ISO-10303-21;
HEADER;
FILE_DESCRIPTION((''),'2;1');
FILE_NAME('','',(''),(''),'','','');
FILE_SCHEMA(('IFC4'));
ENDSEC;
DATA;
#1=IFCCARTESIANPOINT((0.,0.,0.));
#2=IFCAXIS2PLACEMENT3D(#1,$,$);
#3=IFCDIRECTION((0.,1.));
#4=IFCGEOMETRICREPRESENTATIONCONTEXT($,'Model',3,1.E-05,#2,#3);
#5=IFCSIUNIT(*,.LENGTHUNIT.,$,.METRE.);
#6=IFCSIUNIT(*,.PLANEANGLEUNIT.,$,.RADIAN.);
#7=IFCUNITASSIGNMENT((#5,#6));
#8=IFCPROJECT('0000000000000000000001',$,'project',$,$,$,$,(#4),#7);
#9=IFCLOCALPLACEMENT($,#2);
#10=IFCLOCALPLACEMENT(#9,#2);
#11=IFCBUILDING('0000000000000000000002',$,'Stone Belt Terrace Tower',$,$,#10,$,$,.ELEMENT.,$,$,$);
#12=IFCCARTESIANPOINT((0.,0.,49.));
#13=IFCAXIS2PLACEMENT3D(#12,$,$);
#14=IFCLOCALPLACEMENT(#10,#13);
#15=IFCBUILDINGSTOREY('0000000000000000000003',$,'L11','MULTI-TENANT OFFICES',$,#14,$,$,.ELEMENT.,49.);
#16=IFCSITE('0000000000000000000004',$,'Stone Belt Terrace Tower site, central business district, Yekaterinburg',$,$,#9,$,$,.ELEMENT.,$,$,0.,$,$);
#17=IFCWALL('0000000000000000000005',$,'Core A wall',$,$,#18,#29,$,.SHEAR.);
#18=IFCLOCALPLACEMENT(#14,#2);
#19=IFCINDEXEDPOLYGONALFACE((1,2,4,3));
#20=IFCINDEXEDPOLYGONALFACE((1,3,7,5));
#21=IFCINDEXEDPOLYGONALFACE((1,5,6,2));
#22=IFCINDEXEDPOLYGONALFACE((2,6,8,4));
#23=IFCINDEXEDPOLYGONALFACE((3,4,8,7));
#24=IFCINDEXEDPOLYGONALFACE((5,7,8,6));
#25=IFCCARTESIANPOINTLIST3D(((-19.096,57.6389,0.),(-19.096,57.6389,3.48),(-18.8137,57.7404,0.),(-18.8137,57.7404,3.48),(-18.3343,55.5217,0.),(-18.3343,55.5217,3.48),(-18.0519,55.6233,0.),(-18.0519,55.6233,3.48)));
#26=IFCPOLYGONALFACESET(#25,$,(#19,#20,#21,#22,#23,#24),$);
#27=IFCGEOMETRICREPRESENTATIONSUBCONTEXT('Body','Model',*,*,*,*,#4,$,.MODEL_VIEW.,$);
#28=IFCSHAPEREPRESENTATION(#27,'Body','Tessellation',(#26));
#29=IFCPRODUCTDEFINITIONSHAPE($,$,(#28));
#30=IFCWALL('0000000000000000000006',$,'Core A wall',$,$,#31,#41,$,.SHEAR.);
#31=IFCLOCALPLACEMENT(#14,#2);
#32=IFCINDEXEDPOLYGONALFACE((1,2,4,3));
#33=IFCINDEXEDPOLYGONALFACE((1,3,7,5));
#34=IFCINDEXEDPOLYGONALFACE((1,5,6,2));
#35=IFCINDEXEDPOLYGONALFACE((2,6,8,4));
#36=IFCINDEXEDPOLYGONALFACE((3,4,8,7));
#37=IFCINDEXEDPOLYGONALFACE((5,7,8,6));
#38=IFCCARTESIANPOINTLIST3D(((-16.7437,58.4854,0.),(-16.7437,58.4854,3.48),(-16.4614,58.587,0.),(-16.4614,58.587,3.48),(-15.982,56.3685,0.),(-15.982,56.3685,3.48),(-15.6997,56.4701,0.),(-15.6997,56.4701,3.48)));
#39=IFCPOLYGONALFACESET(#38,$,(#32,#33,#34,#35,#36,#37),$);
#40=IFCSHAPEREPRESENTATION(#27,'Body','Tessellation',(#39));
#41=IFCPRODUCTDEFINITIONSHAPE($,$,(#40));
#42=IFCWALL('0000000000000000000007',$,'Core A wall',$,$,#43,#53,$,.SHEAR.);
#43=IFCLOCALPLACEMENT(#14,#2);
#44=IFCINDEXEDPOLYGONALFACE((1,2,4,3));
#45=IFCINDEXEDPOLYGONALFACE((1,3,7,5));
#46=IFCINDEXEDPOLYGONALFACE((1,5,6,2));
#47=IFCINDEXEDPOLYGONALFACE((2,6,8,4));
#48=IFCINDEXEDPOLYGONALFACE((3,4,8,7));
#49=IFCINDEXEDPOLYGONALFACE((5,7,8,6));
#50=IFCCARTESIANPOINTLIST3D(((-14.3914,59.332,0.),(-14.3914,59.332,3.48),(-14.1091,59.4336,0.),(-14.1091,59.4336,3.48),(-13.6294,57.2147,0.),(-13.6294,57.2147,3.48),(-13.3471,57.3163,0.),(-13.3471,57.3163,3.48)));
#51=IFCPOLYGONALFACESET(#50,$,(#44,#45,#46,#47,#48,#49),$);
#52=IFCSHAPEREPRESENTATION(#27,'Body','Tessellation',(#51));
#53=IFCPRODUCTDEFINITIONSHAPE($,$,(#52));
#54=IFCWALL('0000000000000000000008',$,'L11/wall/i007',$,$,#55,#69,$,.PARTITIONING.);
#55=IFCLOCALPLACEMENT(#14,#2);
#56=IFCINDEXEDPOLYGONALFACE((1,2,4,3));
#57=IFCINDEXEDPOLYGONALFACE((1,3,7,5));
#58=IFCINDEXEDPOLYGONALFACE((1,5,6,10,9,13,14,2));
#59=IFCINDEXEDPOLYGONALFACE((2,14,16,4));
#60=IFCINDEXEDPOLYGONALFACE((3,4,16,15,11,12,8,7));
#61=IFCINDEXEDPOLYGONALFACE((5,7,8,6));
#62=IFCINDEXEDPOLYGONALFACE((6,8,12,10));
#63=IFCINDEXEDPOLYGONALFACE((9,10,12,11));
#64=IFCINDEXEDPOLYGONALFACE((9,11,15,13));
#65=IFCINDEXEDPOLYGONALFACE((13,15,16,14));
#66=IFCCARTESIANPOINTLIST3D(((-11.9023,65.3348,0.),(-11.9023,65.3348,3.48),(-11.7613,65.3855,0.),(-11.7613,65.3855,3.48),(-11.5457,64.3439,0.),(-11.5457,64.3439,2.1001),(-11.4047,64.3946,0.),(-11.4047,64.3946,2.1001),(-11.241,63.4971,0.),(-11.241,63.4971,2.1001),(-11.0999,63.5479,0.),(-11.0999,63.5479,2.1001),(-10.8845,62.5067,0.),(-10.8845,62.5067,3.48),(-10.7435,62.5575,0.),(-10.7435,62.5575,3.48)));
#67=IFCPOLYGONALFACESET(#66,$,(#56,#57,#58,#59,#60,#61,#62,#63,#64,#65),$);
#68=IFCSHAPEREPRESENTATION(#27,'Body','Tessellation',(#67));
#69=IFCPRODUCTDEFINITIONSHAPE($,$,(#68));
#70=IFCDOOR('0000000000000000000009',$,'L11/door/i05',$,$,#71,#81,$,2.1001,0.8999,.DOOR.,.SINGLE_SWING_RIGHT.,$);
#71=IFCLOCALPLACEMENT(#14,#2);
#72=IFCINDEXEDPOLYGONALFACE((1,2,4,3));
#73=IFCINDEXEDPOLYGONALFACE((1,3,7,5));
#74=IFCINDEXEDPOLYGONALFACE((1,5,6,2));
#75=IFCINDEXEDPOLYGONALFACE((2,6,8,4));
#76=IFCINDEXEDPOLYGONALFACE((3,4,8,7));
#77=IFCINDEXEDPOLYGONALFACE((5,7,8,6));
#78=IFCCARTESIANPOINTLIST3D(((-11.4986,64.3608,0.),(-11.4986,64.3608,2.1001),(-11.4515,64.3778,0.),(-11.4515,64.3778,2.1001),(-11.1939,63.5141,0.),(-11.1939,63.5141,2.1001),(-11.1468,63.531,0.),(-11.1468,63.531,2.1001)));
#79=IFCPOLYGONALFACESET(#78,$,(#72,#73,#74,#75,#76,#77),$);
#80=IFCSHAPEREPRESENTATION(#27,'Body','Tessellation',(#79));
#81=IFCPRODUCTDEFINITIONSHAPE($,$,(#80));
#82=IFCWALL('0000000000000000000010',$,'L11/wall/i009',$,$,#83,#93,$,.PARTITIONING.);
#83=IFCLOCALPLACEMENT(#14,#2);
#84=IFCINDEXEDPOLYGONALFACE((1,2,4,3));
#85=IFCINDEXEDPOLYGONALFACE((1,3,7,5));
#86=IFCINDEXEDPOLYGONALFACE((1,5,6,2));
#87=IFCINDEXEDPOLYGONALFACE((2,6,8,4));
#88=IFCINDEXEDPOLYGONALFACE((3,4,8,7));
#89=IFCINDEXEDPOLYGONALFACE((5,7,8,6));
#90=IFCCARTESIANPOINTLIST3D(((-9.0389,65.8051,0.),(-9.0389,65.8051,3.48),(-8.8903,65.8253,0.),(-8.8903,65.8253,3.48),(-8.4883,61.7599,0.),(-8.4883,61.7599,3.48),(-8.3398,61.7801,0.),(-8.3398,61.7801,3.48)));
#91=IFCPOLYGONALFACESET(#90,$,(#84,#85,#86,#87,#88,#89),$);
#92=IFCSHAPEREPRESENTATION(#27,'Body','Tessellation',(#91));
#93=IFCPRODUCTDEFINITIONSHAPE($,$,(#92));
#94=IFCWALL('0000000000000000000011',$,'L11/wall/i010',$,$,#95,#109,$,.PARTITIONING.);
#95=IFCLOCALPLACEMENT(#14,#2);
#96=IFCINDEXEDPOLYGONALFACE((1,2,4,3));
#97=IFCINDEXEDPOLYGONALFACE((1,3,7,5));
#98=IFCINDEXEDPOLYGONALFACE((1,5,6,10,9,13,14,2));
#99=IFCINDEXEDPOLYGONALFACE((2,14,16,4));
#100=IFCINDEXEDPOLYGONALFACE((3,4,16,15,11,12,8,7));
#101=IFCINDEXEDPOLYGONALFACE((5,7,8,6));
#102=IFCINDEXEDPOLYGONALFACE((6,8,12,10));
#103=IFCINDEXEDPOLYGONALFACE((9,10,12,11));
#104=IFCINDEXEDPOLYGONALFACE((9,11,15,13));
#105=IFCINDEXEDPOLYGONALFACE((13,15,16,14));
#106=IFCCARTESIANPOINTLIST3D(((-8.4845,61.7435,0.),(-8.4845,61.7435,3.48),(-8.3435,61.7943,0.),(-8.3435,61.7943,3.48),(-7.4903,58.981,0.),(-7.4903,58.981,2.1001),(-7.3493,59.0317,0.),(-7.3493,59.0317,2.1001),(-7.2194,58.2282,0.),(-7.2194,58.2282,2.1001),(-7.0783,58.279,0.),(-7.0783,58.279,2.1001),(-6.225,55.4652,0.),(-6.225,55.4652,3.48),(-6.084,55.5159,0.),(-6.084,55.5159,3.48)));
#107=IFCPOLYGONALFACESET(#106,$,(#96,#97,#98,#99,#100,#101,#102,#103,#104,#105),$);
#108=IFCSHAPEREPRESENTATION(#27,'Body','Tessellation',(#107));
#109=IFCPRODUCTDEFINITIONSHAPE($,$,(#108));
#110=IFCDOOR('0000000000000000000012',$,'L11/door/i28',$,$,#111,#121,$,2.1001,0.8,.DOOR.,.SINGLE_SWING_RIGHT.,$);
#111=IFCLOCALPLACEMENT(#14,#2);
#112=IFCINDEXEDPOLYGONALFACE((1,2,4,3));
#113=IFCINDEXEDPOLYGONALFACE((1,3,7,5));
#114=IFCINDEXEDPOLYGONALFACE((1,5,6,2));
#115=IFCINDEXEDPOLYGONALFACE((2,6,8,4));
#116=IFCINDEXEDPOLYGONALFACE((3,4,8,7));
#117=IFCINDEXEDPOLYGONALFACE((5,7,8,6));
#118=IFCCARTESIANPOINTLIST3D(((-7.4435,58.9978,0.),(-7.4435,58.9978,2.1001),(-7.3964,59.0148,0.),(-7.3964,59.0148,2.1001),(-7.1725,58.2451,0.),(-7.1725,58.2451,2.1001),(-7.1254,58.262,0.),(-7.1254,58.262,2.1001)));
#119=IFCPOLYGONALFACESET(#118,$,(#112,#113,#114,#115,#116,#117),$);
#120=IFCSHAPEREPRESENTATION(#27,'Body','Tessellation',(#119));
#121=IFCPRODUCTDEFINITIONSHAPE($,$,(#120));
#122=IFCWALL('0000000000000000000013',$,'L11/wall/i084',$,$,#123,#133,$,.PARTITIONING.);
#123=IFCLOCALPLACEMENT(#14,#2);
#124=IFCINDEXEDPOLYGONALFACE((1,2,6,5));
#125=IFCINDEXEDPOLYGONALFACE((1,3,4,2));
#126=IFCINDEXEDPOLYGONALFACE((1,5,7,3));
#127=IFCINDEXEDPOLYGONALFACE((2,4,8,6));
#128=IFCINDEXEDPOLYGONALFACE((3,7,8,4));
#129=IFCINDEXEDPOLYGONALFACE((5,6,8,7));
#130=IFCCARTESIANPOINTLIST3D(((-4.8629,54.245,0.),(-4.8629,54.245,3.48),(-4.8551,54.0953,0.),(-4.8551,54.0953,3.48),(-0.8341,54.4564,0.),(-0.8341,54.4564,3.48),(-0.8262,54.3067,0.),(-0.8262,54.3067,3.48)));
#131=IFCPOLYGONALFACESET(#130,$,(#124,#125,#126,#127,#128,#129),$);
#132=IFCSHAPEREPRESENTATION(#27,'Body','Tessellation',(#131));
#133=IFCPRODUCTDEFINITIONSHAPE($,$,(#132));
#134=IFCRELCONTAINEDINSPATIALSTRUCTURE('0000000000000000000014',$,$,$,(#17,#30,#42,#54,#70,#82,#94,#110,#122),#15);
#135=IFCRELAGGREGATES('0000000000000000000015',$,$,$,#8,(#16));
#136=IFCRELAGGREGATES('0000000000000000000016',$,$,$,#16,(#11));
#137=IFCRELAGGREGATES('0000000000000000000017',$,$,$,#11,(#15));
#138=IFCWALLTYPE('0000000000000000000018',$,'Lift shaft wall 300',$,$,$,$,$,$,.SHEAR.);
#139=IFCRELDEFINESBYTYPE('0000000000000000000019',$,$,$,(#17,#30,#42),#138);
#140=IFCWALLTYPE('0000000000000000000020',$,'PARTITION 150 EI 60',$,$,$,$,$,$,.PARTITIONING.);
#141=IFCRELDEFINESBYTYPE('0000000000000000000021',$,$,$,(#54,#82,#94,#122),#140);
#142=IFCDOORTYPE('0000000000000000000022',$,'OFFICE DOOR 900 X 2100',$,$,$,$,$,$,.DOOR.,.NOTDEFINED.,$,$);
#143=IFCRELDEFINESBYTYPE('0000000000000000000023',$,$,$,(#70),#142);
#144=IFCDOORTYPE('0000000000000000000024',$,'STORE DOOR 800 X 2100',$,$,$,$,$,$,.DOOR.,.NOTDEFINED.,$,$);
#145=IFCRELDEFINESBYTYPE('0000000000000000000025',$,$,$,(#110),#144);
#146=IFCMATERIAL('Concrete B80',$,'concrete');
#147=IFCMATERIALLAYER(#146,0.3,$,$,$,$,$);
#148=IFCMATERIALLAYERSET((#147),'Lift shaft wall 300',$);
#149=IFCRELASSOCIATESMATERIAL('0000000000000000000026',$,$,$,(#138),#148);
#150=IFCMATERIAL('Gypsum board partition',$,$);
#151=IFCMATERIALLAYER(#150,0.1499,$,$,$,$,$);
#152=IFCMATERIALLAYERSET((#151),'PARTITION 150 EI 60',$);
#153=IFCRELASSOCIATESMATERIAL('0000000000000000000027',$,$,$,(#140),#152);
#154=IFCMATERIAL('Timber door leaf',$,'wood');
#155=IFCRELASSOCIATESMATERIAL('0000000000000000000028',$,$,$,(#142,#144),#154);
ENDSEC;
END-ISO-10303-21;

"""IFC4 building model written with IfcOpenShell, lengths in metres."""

from ifc_helpers import new_model, si_unit, direction, frame, frame_2d, origin, place, context, subcontext, project, spatial, rectangle, extrude, material, layer, layer_set, type_object, element, fill, save


model = new_model("IFC4")

# Units and contexts
model_context = context("Model", 3, precision=1e-05, world=origin(), true_north=direction((0.0, 1.0)))
body_context = subcontext(model_context, "Body", "Model", "MODEL_VIEW")
ifc_project = project(units=[si_unit("LENGTHUNIT", "METRE"), si_unit("PLANEANGLEUNIT", "RADIAN")], contexts=[model_context])

# Site, building, storey
site_placement = place(None, origin())
site = spatial("IfcSite", under=ifc_project, at=site_placement, Name="Stone Belt Terrace Tower site, central business district, Yekaterinburg", CompositionType="ELEMENT", RefElevation=0.0)
building_placement = place(site_placement, origin())
building = spatial("IfcBuilding", under=site, at=building_placement, Name="Stone Belt Terrace Tower", CompositionType="ELEMENT")
storey_placement = place(building_placement, frame((0.0, 0.0, 49.0)))
storey = spatial("IfcBuildingStorey", under=building, at=storey_placement, Name="L11", Description="MULTI-TENANT OFFICES", CompositionType="ELEMENT", Elevation=49.0)

# Shared definitions
ifc_material_1 = material(Name="Concrete B80", Category="concrete")

# Walls
ifc_layer_1 = layer(ifc_material_1, 0.3)
ifc_layer_set_1 = layer_set([ifc_layer_1], Name="Lift shaft wall 300")
wall_type_1 = type_object("IfcWallType", Name="Lift shaft wall 300", PredefinedType="SHEAR", material=ifc_layer_set_1)
wall_1_placement = place(storey_placement, frame((-18.1931, 55.5725, 0.0), z_axis=(0.0, 0.0, 1.0), x_axis=(-0.338535, 0.940954, 0.0)))
element("IfcWall", 1, at=wall_1_placement, inside=storey, type_object=wall_type_1, Name="Core A wall", PredefinedType="SHEAR", context=body_context, shape_type="SweptSolid", body=[
    extrude(rectangle(XDim=2.25, YDim=0.3, at=frame_2d((1.125, 0.0))), origin(), (0.0, 0.0, 1.0), 3.48),
])
wall_2_placement = place(storey_placement, frame((-15.8408, 56.4192, 0.0), z_axis=(0.0, 0.0, 1.0), x_axis=(-0.33857, 0.940941, 0.0)))
element("IfcWall", 2, at=wall_2_placement, inside=storey, type_object=wall_type_1, Name="Core A wall", PredefinedType="SHEAR", context=body_context, shape_type="SweptSolid", body=[
    extrude(rectangle(XDim=2.2498, YDim=0.3, at=frame_2d((1.125, 0.0))), origin(), (0.0, 0.0, 1.0), 3.48),
])
wall_3_placement = place(storey_placement, frame((-13.4883, 57.2656, 0.0), z_axis=(0.0, 0.0, 1.0), x_axis=(-0.338631, 0.940919, 0.0)))
element("IfcWall", 3, at=wall_3_placement, inside=storey, type_object=wall_type_1, Name="Core A wall", PredefinedType="SHEAR", context=body_context, shape_type="SweptSolid", body=[
    extrude(rectangle(XDim=2.2502, YDim=0.3, at=frame_2d((1.125, 0.0))), origin(), (0.0, 0.0, 1.0), 3.48),
])

# Wall, opening, door
ifc_material_2 = material(Name="Gypsum board partition")
ifc_layer_2 = layer(ifc_material_2, 0.1499)
ifc_layer_set_2 = layer_set([ifc_layer_2], Name="PARTITION 150 EI 60")
wall_type_2 = type_object("IfcWallType", Name="PARTITION 150 EI 60", PredefinedType="PARTITIONING", material=ifc_layer_set_2)
wall_4_placement = place(storey_placement, frame((-10.814, 62.532, 0.0), z_axis=(0.0, 0.0, 1.0), x_axis=(-0.33863, 0.94092, 0.0)))
wall_4 = element("IfcWall", 4, at=wall_4_placement, inside=storey, type_object=wall_type_2, Name="L11/wall/i007", PredefinedType="PARTITIONING", context=body_context, shape_type="SweptSolid", body=[
    extrude(rectangle(XDim=3.0056, YDim=0.1499, at=frame_2d((1.5029, 0.0))), origin(), (0.0, 0.0, 1.0), 3.48),
])
opening_1_placement = place(wall_4_placement, frame((1.0527, 0.0, 0.0)))
opening_1 = element("IfcOpeningElement", 5, at=opening_1_placement, cuts=wall_4, PredefinedType="OPENING", context=body_context, shape_type="SweptSolid", body=[
    extrude(rectangle(XDim=0.8999, YDim=2.1001, at=frame_2d((0.45, 1.05))), frame((0.0, 0.085, 0.0), z_axis=(0.0, -1.0, 0.0), x_axis=(1.0, 0.0, 0.0)), (0.0, 0.0, 1.0), 0.1699),
])
ifc_material_3 = material(Name="Timber door leaf", Category="wood")
door_type_1 = type_object("IfcDoorType", Name="OFFICE DOOR 900 X 2100", OperationType="NOTDEFINED", PredefinedType="DOOR", material=ifc_material_3)
door_1_placement = place(opening_1_placement, origin())
door_1 = element("IfcDoor", 6, at=door_1_placement, inside=storey, type_object=door_type_1, Name="L11/door/i05", OperationType="SINGLE_SWING_RIGHT", OverallHeight=2.1001, OverallWidth=0.8999, PredefinedType="DOOR", context=body_context, shape_type="SweptSolid", body=[
    extrude(rectangle(XDim=0.8999, YDim=2.1001, at=frame_2d((0.45, 1.05))), frame((0.0, 0.0249, 0.0), z_axis=(0.0, -1.0, 0.0), x_axis=(1.0, 0.0, 0.0)), (0.0, 0.0, 1.0), 0.05),
])
fill(opening_1, door_1)

# Wall
wall_5_placement = place(storey_placement, frame((-8.9646, 65.8152, 0.0), z_axis=(0.0, 0.0, 1.0), x_axis=(0.134854, -0.990865, 0.0)))
element("IfcWall", 7, at=wall_5_placement, inside=storey, type_object=wall_type_2, Name="L11/wall/i009", PredefinedType="PARTITIONING", context=body_context, shape_type="SweptSolid", body=[
    extrude(rectangle(XDim=4.0825, YDim=0.1499, at=frame_2d((2.0413, 0.0))), origin(), (0.0, 0.0, 1.0), 3.48),
])

# Wall, opening, door
wall_6_placement = place(storey_placement, frame((-8.4141, 61.769, 0.0), z_axis=(0.0, 0.0, 1.0), x_axis=(0.33863, -0.94092, 0.0)))
wall_6 = element("IfcWall", 8, at=wall_6_placement, inside=storey, type_object=wall_type_2, Name="L11/wall/i010", PredefinedType="PARTITIONING", context=body_context, shape_type="SweptSolid", body=[
    extrude(rectangle(XDim=6.6726, YDim=0.1499, at=frame_2d((3.3364, 0.0))), origin(), (0.0, 0.0, 1.0), 3.48),
])
opening_2_placement = place(wall_6_placement, frame((2.9363, 0.0, 0.0)))
opening_2 = element("IfcOpeningElement", 9, at=opening_2_placement, cuts=wall_6, PredefinedType="OPENING", context=body_context, shape_type="SweptSolid", body=[
    extrude(rectangle(XDim=0.8, YDim=2.1001, at=frame_2d((0.3999, 1.05))), frame((0.0, 0.085, 0.0), z_axis=(0.0, -1.0, 0.0), x_axis=(1.0, 0.0, 0.0)), (0.0, 0.0, 1.0), 0.1699),
])
door_type_2 = type_object("IfcDoorType", Name="STORE DOOR 800 X 2100", OperationType="NOTDEFINED", PredefinedType="DOOR", material=ifc_material_3)
door_2_placement = place(opening_2_placement, origin())
door_2 = element("IfcDoor", 10, at=door_2_placement, inside=storey, type_object=door_type_2, Name="L11/door/i28", OperationType="SINGLE_SWING_RIGHT", OverallHeight=2.1001, OverallWidth=0.8, PredefinedType="DOOR", context=body_context, shape_type="SweptSolid", body=[
    extrude(rectangle(XDim=0.8, YDim=2.1001, at=frame_2d((0.3999, 1.05))), frame((0.0, 0.0249, 0.0), z_axis=(0.0, -1.0, 0.0), x_axis=(1.0, 0.0, 0.0)), (0.0, 0.0, 1.0), 0.05),
])
fill(opening_2, door_2)

# Wall
wall_7_placement = place(storey_placement, frame((-4.8589, 54.1702, 0.0), z_axis=(0.0, 0.0, 1.0), x_axis=(0.998626, 0.052406, 0.0)))
element("IfcWall", 11, at=wall_7_placement, inside=storey, type_object=wall_type_2, Name="L11/wall/i084", PredefinedType="PARTITIONING", context=body_context, shape_type="SweptSolid", body=[
    extrude(rectangle(XDim=4.0344, YDim=0.1499, at=frame_2d((2.0171, 0.0))), origin(), (0.0, 0.0, 1.0), 3.48),
])

save(model, "model.ifc")
